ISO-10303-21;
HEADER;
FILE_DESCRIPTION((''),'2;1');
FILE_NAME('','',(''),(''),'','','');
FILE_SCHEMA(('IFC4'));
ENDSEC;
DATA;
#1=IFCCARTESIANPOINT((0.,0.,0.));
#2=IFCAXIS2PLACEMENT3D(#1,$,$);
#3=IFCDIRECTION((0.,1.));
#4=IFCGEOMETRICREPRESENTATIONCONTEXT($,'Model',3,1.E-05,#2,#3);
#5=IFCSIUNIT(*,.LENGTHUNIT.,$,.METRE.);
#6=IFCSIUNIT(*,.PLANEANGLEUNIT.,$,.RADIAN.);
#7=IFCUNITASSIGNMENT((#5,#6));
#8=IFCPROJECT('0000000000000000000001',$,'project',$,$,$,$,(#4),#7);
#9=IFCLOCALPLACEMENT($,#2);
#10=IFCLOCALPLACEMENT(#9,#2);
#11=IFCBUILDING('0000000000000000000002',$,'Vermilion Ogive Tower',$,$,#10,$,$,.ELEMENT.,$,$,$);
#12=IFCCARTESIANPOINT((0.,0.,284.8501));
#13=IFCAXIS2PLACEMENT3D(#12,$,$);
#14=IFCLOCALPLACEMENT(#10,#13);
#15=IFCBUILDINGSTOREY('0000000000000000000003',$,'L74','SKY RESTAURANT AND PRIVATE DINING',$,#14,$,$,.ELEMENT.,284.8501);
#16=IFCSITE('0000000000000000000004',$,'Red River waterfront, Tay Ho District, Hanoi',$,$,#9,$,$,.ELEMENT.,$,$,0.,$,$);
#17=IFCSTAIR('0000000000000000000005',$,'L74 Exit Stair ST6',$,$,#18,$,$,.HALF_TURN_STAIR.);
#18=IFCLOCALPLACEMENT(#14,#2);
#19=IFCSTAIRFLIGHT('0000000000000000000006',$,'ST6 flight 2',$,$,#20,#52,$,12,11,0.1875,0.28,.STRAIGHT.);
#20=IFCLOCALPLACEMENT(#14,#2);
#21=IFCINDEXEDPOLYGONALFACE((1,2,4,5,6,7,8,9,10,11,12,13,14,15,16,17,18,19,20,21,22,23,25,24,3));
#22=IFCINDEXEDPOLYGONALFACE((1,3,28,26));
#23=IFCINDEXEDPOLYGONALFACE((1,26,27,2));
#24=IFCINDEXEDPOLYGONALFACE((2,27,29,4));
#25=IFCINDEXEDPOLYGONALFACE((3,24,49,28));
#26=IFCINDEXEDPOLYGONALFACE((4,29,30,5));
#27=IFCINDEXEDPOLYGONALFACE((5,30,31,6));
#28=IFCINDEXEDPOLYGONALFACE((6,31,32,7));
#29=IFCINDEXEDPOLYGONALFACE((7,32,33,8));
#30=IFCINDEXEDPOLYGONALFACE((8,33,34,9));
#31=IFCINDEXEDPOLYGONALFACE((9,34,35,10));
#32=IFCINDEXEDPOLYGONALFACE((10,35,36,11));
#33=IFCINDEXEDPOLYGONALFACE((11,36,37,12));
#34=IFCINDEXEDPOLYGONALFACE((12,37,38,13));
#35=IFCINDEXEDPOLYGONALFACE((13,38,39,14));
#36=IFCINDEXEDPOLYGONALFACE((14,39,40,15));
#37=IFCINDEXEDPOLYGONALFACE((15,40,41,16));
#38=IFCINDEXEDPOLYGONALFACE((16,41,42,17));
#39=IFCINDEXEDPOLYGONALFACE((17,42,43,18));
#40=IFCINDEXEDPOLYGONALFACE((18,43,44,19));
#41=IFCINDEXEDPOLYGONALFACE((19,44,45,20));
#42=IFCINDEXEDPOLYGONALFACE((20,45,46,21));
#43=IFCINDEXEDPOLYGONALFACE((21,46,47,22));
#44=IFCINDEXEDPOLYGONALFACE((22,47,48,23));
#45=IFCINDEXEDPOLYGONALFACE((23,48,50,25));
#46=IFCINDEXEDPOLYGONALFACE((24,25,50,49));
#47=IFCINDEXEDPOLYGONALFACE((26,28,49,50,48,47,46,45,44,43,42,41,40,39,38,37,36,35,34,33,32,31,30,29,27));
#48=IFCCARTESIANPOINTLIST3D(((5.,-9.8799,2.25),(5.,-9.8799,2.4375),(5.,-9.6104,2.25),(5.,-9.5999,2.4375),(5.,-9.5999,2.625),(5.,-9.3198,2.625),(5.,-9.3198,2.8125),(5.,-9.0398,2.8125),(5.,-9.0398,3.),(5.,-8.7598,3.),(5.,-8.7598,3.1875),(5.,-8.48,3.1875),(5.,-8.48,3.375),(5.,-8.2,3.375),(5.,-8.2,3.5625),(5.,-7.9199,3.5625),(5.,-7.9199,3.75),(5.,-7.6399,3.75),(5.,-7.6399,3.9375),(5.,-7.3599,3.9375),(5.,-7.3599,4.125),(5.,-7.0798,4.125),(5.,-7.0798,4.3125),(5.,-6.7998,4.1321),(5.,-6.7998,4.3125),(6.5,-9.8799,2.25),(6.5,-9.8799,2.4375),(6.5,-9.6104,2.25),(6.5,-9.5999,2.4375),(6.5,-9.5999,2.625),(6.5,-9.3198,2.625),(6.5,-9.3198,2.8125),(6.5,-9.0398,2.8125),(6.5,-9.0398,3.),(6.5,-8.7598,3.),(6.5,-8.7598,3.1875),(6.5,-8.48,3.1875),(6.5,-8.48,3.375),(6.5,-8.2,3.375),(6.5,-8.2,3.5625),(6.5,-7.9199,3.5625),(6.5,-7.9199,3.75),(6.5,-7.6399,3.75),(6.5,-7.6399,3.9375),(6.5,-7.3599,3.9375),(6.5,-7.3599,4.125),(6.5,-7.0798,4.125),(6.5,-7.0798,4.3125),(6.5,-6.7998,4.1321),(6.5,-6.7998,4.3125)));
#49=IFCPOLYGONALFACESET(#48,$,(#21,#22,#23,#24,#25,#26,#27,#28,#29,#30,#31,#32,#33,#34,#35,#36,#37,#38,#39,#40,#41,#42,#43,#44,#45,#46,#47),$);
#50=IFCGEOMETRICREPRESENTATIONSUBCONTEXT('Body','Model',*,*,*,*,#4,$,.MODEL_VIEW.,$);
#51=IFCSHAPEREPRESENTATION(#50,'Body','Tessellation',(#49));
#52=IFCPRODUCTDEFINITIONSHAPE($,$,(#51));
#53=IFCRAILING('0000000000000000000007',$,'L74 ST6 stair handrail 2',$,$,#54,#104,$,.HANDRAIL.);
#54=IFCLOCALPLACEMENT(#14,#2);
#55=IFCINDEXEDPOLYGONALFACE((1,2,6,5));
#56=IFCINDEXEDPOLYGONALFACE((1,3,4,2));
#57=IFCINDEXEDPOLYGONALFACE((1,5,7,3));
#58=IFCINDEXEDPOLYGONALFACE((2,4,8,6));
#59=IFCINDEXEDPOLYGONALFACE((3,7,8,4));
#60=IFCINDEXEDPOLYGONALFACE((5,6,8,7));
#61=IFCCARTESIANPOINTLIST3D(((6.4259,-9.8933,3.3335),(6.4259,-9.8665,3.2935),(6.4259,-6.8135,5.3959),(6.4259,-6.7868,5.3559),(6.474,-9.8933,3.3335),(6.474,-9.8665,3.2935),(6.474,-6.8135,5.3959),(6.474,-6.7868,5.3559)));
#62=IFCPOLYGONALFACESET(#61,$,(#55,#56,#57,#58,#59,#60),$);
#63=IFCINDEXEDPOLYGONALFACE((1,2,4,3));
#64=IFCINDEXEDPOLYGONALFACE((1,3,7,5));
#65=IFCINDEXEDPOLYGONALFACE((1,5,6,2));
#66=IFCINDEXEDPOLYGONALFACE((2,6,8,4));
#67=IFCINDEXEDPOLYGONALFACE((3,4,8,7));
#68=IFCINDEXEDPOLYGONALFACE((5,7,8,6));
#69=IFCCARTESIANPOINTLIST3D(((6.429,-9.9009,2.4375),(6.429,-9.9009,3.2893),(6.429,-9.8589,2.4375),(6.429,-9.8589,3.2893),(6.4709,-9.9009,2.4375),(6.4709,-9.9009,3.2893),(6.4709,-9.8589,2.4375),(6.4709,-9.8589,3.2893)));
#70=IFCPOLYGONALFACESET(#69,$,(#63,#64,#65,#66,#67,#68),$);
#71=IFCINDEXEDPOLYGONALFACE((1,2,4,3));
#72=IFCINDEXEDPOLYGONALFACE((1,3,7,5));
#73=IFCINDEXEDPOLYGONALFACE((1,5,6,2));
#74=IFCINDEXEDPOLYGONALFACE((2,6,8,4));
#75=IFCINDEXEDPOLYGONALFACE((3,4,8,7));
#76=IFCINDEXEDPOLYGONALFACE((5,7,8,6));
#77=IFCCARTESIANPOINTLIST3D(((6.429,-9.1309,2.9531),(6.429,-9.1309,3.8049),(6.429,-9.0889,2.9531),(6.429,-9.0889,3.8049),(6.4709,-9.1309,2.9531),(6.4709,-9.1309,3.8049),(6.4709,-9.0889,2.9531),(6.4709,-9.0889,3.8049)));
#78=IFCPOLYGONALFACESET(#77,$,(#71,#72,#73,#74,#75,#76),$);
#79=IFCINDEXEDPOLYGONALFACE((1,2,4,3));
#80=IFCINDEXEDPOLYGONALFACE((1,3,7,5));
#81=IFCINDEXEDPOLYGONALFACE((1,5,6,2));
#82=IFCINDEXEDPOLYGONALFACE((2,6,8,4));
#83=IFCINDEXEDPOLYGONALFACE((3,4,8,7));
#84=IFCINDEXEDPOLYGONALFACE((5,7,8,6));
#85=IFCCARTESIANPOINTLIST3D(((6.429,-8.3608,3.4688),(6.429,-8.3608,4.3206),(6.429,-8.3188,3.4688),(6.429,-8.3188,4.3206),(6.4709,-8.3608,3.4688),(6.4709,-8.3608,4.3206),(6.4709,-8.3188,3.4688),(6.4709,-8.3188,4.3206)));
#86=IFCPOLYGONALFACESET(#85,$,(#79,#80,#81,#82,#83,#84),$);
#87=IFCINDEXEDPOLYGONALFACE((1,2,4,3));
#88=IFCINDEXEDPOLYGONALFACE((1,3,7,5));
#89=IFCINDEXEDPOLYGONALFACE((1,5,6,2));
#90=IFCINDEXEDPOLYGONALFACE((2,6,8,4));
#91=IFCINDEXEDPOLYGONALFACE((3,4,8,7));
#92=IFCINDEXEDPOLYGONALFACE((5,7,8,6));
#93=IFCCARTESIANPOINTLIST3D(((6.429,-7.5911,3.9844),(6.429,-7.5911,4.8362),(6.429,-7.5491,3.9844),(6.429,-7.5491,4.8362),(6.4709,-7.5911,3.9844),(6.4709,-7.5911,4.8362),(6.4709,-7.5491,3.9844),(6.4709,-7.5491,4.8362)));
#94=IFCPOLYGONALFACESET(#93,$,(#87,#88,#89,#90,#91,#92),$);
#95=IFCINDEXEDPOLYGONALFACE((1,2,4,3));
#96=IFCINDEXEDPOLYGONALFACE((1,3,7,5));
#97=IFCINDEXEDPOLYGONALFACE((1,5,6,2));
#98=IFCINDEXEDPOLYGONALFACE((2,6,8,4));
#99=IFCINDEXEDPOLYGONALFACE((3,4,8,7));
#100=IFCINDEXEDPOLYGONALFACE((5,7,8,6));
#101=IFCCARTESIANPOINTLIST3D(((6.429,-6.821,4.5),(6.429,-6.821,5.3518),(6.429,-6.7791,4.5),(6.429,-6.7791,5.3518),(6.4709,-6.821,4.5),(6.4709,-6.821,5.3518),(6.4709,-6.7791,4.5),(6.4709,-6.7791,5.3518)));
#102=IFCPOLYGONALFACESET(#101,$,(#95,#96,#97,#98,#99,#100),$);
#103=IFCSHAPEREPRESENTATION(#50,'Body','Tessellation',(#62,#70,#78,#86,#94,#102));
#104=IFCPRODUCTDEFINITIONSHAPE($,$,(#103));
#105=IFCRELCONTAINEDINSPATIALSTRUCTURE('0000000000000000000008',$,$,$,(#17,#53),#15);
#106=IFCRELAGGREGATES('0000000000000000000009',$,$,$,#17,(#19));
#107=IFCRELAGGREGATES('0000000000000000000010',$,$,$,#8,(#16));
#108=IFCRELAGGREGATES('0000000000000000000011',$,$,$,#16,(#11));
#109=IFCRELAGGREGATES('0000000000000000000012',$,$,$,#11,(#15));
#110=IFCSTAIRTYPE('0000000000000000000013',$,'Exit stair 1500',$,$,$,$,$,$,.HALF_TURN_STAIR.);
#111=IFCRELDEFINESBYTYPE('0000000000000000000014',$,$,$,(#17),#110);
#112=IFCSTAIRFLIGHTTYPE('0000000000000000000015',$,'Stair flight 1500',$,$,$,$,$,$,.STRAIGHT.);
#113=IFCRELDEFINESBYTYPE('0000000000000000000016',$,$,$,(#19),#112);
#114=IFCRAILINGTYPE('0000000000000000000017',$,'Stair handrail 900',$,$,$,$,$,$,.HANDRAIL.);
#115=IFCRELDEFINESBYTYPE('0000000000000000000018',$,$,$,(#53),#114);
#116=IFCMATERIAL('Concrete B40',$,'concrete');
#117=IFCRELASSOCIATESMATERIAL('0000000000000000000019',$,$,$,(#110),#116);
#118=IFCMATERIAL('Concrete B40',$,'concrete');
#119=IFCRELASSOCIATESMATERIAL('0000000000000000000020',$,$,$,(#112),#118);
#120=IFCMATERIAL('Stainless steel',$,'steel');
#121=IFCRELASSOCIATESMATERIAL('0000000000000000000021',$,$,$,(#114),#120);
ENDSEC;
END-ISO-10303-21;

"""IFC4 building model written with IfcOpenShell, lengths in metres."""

from ifc_helpers import new_model, si_unit, direction, frame, origin, origin_2d, place, context, subcontext, project, spatial, polyline, rectangle, outline, extrude, material, type_object, element, aggregate, save


model = new_model("IFC4")

# Units and contexts
model_context = context("Model", 3, precision=1e-05, world=origin(), true_north=direction((0.0, 1.0)))
body_context = subcontext(model_context, "Body", "Model", "MODEL_VIEW")
ifc_project = project(units=[si_unit("LENGTHUNIT", "METRE"), si_unit("PLANEANGLEUNIT", "RADIAN")], contexts=[model_context])

# Site, building, storey
site_placement = place(None, origin())
site = spatial("IfcSite", under=ifc_project, at=site_placement, Name="Red River waterfront, Tay Ho District, Hanoi", CompositionType="ELEMENT", RefElevation=0.0)
building_placement = place(site_placement, origin())
building = spatial("IfcBuilding", under=site, at=building_placement, Name="Vermilion Ogive Tower", CompositionType="ELEMENT")
storey_placement = place(building_placement, frame((0.0, 0.0, 284.8501)))
storey = spatial("IfcBuildingStorey", under=building, at=storey_placement, Name="L74", Description="SKY RESTAURANT AND PRIVATE DINING", CompositionType="ELEMENT", Elevation=284.8501)

# Stair, stair flight
ifc_material_1 = material(Name="Concrete B40", Category="concrete")
stair_type = type_object("IfcStairType", Name="Exit stair 1500", PredefinedType="HALF_TURN_STAIR", material=ifc_material_1)
stair_placement = place(storey_placement, origin())
stair = element("IfcStair", 1, at=stair_placement, inside=storey, type_object=stair_type, Name="L74 Exit Stair ST6", PredefinedType="HALF_TURN_STAIR")
ifc_material_2 = material(Name="Concrete B40", Category="concrete")
stair_flight_type = type_object("IfcStairFlightType", Name="Stair flight 1500", PredefinedType="STRAIGHT", material=ifc_material_2)
stair_flight_placement = place(storey_placement, frame((5.75, -9.8799, 2.25), z_axis=(0.0, 0.0, 1.0), x_axis=(0.0, 1.0, 0.0)))
stair_flight = element("IfcStairFlight", 2, at=stair_flight_placement, type_object=stair_flight_type, Name="ST6 flight 2", NumberOfRisers=12, NumberOfTreads=11, PredefinedType="STRAIGHT", RiserHeight=0.1875, TreadLength=0.28, context=body_context, shape_type="SweptSolid", body=[
    extrude(outline(polyline([(0.0, 0.0), (0.0, 0.1875), (0.28, 0.1875), (0.28, 0.375), (0.5601, 0.375), (0.5601, 0.5625), (0.8401, 0.5625), (0.8401, 0.75), (1.1201, 0.75), (1.1201, 0.9375), (1.3999, 0.9375), (1.3999, 1.125), (1.6799, 1.125), (1.6799, 1.3125), (1.96, 1.3125), (1.96, 1.5), (2.24, 1.5), (2.24, 1.6875), (2.52, 1.6875), (2.52, 1.875), (2.8, 1.875), (2.8, 2.0625), (3.0801, 2.0625), (3.0801, 2.25), (3.0801, 1.8821), (0.2695, 0.0), (0.0, 0.0)])), frame((0.0, 0.75, 0.0), z_axis=(0.0, -1.0, 0.0), x_axis=(1.0, 0.0, 0.0)), (0.0, 0.0, 1.0), 1.5),
])
aggregate(stair, [stair_flight])

# Railing
ifc_material_3 = material(Name="Stainless steel", Category="steel")
railing_type = type_object("IfcRailingType", Name="Stair handrail 900", PredefinedType="HANDRAIL", material=ifc_material_3)
railing_placement = place(storey_placement, frame((6.45, -9.8799, 2.4375)))
element("IfcRailing", 3, at=railing_placement, inside=storey, type_object=railing_type, Name="L74 ST6 stair handrail 2", PredefinedType="HANDRAIL", context=body_context, shape_type="SweptSolid", body=[
    extrude(rectangle(XDim=0.0481, YDim=0.0481, at=origin_2d()), frame((0.0, 0.0, 0.876), z_axis=(0.0, 0.830893, 0.556432), x_axis=(-1.0, 0.0, 0.0)), (0.0, 0.0, 1.0), 3.7065),
    extrude(rectangle(XDim=0.042, YDim=0.042, at=origin_2d()), origin(), (0.0, 0.0, 1.0), 0.8518),
    extrude(rectangle(XDim=0.042, YDim=0.042, at=origin_2d()), frame((0.0, 0.77, 0.5156)), (0.0, 0.0, 1.0), 0.8518),
    extrude(rectangle(XDim=0.042, YDim=0.042, at=origin_2d()), frame((0.0, 1.54, 1.0312)), (0.0, 0.0, 1.0), 0.8518),
    extrude(rectangle(XDim=0.042, YDim=0.042, at=origin_2d()), frame((0.0, 2.3098, 1.5469)), (0.0, 0.0, 1.0), 0.8518),
    extrude(rectangle(XDim=0.042, YDim=0.042, at=origin_2d()), frame((0.0, 3.0798, 2.0625)), (0.0, 0.0, 1.0), 0.8518),
])

save(model, "model.ifc")
